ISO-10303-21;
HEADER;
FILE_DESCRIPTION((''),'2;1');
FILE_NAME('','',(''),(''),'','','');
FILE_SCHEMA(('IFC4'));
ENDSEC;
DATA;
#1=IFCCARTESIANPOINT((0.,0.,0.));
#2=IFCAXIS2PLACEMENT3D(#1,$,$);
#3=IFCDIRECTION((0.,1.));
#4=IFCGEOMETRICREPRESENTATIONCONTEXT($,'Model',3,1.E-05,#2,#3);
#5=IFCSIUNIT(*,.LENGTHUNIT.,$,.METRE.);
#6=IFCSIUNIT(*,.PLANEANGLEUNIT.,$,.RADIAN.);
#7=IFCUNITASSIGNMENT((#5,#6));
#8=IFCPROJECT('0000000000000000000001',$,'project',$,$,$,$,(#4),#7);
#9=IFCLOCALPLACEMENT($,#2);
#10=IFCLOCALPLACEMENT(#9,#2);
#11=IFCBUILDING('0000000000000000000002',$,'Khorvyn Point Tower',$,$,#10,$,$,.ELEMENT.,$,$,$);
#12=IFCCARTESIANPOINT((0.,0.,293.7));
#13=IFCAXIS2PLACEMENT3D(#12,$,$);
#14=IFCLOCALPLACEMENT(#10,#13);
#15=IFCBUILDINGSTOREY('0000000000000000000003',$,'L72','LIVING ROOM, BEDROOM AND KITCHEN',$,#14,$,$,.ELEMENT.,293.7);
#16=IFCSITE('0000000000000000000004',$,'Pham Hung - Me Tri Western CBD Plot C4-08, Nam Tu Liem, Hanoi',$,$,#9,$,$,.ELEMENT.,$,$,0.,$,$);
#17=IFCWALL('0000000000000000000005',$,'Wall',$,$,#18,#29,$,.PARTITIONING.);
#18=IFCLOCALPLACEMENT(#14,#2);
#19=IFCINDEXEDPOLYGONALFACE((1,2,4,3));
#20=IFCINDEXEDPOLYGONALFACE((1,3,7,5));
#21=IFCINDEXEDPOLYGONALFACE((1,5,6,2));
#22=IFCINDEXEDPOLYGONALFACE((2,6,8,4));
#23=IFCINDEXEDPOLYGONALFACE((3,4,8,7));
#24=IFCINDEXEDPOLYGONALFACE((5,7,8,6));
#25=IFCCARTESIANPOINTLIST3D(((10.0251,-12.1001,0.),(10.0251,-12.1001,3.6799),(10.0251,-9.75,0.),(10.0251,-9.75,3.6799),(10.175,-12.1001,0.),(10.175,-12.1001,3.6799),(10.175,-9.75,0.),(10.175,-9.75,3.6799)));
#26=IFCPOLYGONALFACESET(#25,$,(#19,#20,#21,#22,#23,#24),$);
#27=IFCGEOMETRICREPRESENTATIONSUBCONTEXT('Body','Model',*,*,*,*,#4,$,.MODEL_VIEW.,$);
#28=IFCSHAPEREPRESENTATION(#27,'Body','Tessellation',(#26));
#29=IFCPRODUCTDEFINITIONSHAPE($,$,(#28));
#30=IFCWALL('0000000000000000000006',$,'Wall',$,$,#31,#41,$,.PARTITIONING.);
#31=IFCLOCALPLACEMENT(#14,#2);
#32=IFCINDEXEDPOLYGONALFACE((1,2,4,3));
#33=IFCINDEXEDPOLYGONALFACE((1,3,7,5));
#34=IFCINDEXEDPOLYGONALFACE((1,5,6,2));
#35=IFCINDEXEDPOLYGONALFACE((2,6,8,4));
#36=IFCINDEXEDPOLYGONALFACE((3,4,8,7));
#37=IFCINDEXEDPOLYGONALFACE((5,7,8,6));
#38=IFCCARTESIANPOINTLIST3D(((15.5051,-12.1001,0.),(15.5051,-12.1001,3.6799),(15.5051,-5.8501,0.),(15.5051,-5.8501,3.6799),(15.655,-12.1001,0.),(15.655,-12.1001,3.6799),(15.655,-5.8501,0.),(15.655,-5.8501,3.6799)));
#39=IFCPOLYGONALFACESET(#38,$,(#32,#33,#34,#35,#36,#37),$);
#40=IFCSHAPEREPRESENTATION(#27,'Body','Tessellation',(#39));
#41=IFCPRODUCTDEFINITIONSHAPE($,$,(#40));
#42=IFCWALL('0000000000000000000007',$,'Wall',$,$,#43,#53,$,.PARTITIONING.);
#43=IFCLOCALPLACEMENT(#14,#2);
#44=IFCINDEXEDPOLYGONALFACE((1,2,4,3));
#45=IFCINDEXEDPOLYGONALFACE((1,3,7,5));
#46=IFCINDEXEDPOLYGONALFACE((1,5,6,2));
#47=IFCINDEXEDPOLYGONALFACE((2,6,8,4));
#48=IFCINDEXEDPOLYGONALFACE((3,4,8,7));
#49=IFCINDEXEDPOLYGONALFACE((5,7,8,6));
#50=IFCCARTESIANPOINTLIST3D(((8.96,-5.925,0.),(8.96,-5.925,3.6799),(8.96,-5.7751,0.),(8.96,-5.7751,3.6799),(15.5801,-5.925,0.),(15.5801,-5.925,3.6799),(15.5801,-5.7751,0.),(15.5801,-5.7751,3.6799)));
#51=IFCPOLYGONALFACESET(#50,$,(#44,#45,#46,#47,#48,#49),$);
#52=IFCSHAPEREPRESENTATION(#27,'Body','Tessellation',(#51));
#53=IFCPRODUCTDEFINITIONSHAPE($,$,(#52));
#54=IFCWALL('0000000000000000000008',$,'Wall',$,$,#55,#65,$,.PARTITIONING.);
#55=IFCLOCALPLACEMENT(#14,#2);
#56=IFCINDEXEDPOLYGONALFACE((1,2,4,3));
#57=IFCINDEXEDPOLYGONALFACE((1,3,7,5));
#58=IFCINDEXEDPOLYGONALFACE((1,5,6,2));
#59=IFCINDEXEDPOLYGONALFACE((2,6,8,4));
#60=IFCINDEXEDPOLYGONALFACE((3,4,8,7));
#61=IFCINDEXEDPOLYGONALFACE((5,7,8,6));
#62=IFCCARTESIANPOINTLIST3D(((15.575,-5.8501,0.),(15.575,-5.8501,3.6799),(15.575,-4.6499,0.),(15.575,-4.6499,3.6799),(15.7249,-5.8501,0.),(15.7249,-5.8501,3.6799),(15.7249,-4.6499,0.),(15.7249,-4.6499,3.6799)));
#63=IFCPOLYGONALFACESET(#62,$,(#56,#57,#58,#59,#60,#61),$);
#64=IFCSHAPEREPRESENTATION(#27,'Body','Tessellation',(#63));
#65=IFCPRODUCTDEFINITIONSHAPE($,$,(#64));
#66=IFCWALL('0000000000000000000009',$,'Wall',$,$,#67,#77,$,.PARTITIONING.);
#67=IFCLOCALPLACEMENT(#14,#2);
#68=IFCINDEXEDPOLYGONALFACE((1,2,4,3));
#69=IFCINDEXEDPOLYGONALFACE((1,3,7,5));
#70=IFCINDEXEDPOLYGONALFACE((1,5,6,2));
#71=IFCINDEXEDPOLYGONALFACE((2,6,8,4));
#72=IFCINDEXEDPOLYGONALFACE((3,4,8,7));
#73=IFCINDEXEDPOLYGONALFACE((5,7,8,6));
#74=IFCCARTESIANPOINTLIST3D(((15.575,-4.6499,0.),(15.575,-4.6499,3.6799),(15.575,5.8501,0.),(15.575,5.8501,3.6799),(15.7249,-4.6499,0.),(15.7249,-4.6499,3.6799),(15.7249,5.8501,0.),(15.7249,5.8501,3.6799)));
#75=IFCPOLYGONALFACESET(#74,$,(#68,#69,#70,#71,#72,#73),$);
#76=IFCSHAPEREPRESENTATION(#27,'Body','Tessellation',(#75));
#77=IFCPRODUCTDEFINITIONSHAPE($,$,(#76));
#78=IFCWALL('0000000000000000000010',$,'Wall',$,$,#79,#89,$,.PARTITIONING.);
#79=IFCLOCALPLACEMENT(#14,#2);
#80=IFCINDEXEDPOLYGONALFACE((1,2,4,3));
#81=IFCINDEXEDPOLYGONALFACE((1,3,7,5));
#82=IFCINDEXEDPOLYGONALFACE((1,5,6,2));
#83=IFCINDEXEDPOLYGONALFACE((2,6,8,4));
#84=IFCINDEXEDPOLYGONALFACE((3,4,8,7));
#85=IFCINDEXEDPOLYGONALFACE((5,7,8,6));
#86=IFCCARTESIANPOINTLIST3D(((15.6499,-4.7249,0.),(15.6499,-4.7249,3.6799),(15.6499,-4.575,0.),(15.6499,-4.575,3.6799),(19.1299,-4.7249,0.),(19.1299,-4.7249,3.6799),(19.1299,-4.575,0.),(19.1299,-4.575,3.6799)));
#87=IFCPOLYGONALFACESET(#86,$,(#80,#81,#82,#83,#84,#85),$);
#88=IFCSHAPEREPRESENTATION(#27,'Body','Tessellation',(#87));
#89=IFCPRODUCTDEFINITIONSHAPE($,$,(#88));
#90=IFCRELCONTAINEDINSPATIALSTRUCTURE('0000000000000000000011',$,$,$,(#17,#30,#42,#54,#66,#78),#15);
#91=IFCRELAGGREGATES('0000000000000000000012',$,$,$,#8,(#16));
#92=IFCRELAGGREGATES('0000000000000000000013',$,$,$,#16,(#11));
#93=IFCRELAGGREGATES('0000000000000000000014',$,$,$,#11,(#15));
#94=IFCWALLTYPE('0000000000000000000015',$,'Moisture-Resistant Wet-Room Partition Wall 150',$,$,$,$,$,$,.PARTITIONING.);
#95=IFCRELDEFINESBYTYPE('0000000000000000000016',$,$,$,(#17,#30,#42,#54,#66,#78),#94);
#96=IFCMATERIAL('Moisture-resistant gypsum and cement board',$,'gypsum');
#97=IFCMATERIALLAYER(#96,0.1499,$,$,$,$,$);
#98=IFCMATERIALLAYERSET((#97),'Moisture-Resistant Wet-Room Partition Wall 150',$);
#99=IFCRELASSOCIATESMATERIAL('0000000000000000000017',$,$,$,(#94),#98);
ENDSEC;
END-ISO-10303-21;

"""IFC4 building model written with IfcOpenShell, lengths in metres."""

from ifc_helpers import new_model, si_unit, direction, frame, frame_2d, origin, place, context, subcontext, project, spatial, rectangle, extrude, material, layer, layer_set, type_object, element, save


model = new_model("IFC4")

# Units and contexts
model_context = context("Model", 3, precision=1e-05, world=origin(), true_north=direction((0.0, 1.0)))
body_context = subcontext(model_context, "Body", "Model", "MODEL_VIEW")
ifc_project = project(units=[si_unit("LENGTHUNIT", "METRE"), si_unit("PLANEANGLEUNIT", "RADIAN")], contexts=[model_context])

# Site, building, storey
site_placement = place(None, origin())
site = spatial("IfcSite", under=ifc_project, at=site_placement, Name="Pham Hung - Me Tri Western CBD Plot C4-08, Nam Tu Liem, Hanoi", CompositionType="ELEMENT", RefElevation=0.0)
building_placement = place(site_placement, origin())
building = spatial("IfcBuilding", under=site, at=building_placement, Name="Khorvyn Point Tower", CompositionType="ELEMENT")
storey_placement = place(building_placement, frame((0.0, 0.0, 293.7)))
storey = spatial("IfcBuildingStorey", under=building, at=storey_placement, Name="L72", Description="LIVING ROOM, BEDROOM AND KITCHEN", CompositionType="ELEMENT", Elevation=293.7)

# Shared definitions
ifc_material_1 = material(Name="Moisture-resistant gypsum and cement board", Category="gypsum")
ifc_layer_1 = layer(ifc_material_1, 0.1499)
ifc_layer_set_1 = layer_set([ifc_layer_1], Name="Moisture-Resistant Wet-Room Partition Wall 150")
wall_type_1 = type_object("IfcWallType", Name="Moisture-Resistant Wet-Room Partition Wall 150", PredefinedType="PARTITIONING", material=ifc_layer_set_1)

# Walls
wall_1_placement = place(storey_placement, frame((10.1001, -12.1001, 0.0), z_axis=(0.0, 0.0, 1.0), x_axis=(0.0, 1.0, 0.0)))
element("IfcWall", 1, at=wall_1_placement, inside=storey, type_object=wall_type_1, Name="Wall", PredefinedType="PARTITIONING", context=body_context, shape_type="SweptSolid", body=[
    extrude(rectangle(XDim=2.3501, YDim=0.1499, at=frame_2d((1.175, 0.0))), origin(), (0.0, 0.0, 1.0), 3.6799),
])
wall_2_placement = place(storey_placement, frame((15.5801, -12.1001, 0.0), z_axis=(0.0, 0.0, 1.0), x_axis=(0.0, 1.0, 0.0)))
element("IfcWall", 2, at=wall_2_placement, inside=storey, type_object=wall_type_1, Name="Wall", PredefinedType="PARTITIONING", context=body_context, shape_type="SweptSolid", body=[
    extrude(rectangle(XDim=6.25, YDim=0.1499, at=frame_2d((3.125, 0.0))), origin(), (0.0, 0.0, 1.0), 3.6799),
])
wall_3_placement = place(storey_placement, frame((8.96, -5.8501, 0.0), z_axis=(0.0, 0.0, 1.0), x_axis=(1.0, 0.0, 0.0)))
element("IfcWall", 3, at=wall_3_placement, inside=storey, type_object=wall_type_1, Name="Wall", PredefinedType="PARTITIONING", context=body_context, shape_type="SweptSolid", body=[
    extrude(rectangle(XDim=6.6201, YDim=0.1499, at=frame_2d((3.3101, 0.0))), origin(), (0.0, 0.0, 1.0), 3.6799),
])
wall_4_placement = place(storey_placement, frame((15.6499, -5.8501, 0.0), z_axis=(0.0, 0.0, 1.0), x_axis=(0.0, 1.0, 0.0)))
element("IfcWall", 4, at=wall_4_placement, inside=storey, type_object=wall_type_1, Name="Wall", PredefinedType="PARTITIONING", context=body_context, shape_type="SweptSolid", body=[
    extrude(rectangle(XDim=1.2002, YDim=0.1499, at=frame_2d((0.6001, 0.0))), origin(), (0.0, 0.0, 1.0), 3.6799),
])
wall_5_placement = place(storey_placement, frame((15.6499, -4.6499, 0.0), z_axis=(0.0, 0.0, 1.0), x_axis=(0.0, 1.0, 0.0)))
element("IfcWall", 5, at=wall_5_placement, inside=storey, type_object=wall_type_1, Name="Wall", PredefinedType="PARTITIONING", context=body_context, shape_type="SweptSolid", body=[
    extrude(rectangle(XDim=10.5, YDim=0.1499, at=frame_2d((5.25, 0.0))), origin(), (0.0, 0.0, 1.0), 3.6799),
])
wall_6_placement = place(storey_placement, frame((15.6499, -4.6499, 0.0), z_axis=(0.0, 0.0, 1.0), x_axis=(1.0, 0.0, 0.0)))
element("IfcWall", 6, at=wall_6_placement, inside=storey, type_object=wall_type_1, Name="Wall", PredefinedType="PARTITIONING", context=body_context, shape_type="SweptSolid", body=[
    extrude(rectangle(XDim=3.48, YDim=0.1499, at=frame_2d((1.74, 0.0))), origin(), (0.0, 0.0, 1.0), 3.6799),
])

save(model, "model.ifc")
